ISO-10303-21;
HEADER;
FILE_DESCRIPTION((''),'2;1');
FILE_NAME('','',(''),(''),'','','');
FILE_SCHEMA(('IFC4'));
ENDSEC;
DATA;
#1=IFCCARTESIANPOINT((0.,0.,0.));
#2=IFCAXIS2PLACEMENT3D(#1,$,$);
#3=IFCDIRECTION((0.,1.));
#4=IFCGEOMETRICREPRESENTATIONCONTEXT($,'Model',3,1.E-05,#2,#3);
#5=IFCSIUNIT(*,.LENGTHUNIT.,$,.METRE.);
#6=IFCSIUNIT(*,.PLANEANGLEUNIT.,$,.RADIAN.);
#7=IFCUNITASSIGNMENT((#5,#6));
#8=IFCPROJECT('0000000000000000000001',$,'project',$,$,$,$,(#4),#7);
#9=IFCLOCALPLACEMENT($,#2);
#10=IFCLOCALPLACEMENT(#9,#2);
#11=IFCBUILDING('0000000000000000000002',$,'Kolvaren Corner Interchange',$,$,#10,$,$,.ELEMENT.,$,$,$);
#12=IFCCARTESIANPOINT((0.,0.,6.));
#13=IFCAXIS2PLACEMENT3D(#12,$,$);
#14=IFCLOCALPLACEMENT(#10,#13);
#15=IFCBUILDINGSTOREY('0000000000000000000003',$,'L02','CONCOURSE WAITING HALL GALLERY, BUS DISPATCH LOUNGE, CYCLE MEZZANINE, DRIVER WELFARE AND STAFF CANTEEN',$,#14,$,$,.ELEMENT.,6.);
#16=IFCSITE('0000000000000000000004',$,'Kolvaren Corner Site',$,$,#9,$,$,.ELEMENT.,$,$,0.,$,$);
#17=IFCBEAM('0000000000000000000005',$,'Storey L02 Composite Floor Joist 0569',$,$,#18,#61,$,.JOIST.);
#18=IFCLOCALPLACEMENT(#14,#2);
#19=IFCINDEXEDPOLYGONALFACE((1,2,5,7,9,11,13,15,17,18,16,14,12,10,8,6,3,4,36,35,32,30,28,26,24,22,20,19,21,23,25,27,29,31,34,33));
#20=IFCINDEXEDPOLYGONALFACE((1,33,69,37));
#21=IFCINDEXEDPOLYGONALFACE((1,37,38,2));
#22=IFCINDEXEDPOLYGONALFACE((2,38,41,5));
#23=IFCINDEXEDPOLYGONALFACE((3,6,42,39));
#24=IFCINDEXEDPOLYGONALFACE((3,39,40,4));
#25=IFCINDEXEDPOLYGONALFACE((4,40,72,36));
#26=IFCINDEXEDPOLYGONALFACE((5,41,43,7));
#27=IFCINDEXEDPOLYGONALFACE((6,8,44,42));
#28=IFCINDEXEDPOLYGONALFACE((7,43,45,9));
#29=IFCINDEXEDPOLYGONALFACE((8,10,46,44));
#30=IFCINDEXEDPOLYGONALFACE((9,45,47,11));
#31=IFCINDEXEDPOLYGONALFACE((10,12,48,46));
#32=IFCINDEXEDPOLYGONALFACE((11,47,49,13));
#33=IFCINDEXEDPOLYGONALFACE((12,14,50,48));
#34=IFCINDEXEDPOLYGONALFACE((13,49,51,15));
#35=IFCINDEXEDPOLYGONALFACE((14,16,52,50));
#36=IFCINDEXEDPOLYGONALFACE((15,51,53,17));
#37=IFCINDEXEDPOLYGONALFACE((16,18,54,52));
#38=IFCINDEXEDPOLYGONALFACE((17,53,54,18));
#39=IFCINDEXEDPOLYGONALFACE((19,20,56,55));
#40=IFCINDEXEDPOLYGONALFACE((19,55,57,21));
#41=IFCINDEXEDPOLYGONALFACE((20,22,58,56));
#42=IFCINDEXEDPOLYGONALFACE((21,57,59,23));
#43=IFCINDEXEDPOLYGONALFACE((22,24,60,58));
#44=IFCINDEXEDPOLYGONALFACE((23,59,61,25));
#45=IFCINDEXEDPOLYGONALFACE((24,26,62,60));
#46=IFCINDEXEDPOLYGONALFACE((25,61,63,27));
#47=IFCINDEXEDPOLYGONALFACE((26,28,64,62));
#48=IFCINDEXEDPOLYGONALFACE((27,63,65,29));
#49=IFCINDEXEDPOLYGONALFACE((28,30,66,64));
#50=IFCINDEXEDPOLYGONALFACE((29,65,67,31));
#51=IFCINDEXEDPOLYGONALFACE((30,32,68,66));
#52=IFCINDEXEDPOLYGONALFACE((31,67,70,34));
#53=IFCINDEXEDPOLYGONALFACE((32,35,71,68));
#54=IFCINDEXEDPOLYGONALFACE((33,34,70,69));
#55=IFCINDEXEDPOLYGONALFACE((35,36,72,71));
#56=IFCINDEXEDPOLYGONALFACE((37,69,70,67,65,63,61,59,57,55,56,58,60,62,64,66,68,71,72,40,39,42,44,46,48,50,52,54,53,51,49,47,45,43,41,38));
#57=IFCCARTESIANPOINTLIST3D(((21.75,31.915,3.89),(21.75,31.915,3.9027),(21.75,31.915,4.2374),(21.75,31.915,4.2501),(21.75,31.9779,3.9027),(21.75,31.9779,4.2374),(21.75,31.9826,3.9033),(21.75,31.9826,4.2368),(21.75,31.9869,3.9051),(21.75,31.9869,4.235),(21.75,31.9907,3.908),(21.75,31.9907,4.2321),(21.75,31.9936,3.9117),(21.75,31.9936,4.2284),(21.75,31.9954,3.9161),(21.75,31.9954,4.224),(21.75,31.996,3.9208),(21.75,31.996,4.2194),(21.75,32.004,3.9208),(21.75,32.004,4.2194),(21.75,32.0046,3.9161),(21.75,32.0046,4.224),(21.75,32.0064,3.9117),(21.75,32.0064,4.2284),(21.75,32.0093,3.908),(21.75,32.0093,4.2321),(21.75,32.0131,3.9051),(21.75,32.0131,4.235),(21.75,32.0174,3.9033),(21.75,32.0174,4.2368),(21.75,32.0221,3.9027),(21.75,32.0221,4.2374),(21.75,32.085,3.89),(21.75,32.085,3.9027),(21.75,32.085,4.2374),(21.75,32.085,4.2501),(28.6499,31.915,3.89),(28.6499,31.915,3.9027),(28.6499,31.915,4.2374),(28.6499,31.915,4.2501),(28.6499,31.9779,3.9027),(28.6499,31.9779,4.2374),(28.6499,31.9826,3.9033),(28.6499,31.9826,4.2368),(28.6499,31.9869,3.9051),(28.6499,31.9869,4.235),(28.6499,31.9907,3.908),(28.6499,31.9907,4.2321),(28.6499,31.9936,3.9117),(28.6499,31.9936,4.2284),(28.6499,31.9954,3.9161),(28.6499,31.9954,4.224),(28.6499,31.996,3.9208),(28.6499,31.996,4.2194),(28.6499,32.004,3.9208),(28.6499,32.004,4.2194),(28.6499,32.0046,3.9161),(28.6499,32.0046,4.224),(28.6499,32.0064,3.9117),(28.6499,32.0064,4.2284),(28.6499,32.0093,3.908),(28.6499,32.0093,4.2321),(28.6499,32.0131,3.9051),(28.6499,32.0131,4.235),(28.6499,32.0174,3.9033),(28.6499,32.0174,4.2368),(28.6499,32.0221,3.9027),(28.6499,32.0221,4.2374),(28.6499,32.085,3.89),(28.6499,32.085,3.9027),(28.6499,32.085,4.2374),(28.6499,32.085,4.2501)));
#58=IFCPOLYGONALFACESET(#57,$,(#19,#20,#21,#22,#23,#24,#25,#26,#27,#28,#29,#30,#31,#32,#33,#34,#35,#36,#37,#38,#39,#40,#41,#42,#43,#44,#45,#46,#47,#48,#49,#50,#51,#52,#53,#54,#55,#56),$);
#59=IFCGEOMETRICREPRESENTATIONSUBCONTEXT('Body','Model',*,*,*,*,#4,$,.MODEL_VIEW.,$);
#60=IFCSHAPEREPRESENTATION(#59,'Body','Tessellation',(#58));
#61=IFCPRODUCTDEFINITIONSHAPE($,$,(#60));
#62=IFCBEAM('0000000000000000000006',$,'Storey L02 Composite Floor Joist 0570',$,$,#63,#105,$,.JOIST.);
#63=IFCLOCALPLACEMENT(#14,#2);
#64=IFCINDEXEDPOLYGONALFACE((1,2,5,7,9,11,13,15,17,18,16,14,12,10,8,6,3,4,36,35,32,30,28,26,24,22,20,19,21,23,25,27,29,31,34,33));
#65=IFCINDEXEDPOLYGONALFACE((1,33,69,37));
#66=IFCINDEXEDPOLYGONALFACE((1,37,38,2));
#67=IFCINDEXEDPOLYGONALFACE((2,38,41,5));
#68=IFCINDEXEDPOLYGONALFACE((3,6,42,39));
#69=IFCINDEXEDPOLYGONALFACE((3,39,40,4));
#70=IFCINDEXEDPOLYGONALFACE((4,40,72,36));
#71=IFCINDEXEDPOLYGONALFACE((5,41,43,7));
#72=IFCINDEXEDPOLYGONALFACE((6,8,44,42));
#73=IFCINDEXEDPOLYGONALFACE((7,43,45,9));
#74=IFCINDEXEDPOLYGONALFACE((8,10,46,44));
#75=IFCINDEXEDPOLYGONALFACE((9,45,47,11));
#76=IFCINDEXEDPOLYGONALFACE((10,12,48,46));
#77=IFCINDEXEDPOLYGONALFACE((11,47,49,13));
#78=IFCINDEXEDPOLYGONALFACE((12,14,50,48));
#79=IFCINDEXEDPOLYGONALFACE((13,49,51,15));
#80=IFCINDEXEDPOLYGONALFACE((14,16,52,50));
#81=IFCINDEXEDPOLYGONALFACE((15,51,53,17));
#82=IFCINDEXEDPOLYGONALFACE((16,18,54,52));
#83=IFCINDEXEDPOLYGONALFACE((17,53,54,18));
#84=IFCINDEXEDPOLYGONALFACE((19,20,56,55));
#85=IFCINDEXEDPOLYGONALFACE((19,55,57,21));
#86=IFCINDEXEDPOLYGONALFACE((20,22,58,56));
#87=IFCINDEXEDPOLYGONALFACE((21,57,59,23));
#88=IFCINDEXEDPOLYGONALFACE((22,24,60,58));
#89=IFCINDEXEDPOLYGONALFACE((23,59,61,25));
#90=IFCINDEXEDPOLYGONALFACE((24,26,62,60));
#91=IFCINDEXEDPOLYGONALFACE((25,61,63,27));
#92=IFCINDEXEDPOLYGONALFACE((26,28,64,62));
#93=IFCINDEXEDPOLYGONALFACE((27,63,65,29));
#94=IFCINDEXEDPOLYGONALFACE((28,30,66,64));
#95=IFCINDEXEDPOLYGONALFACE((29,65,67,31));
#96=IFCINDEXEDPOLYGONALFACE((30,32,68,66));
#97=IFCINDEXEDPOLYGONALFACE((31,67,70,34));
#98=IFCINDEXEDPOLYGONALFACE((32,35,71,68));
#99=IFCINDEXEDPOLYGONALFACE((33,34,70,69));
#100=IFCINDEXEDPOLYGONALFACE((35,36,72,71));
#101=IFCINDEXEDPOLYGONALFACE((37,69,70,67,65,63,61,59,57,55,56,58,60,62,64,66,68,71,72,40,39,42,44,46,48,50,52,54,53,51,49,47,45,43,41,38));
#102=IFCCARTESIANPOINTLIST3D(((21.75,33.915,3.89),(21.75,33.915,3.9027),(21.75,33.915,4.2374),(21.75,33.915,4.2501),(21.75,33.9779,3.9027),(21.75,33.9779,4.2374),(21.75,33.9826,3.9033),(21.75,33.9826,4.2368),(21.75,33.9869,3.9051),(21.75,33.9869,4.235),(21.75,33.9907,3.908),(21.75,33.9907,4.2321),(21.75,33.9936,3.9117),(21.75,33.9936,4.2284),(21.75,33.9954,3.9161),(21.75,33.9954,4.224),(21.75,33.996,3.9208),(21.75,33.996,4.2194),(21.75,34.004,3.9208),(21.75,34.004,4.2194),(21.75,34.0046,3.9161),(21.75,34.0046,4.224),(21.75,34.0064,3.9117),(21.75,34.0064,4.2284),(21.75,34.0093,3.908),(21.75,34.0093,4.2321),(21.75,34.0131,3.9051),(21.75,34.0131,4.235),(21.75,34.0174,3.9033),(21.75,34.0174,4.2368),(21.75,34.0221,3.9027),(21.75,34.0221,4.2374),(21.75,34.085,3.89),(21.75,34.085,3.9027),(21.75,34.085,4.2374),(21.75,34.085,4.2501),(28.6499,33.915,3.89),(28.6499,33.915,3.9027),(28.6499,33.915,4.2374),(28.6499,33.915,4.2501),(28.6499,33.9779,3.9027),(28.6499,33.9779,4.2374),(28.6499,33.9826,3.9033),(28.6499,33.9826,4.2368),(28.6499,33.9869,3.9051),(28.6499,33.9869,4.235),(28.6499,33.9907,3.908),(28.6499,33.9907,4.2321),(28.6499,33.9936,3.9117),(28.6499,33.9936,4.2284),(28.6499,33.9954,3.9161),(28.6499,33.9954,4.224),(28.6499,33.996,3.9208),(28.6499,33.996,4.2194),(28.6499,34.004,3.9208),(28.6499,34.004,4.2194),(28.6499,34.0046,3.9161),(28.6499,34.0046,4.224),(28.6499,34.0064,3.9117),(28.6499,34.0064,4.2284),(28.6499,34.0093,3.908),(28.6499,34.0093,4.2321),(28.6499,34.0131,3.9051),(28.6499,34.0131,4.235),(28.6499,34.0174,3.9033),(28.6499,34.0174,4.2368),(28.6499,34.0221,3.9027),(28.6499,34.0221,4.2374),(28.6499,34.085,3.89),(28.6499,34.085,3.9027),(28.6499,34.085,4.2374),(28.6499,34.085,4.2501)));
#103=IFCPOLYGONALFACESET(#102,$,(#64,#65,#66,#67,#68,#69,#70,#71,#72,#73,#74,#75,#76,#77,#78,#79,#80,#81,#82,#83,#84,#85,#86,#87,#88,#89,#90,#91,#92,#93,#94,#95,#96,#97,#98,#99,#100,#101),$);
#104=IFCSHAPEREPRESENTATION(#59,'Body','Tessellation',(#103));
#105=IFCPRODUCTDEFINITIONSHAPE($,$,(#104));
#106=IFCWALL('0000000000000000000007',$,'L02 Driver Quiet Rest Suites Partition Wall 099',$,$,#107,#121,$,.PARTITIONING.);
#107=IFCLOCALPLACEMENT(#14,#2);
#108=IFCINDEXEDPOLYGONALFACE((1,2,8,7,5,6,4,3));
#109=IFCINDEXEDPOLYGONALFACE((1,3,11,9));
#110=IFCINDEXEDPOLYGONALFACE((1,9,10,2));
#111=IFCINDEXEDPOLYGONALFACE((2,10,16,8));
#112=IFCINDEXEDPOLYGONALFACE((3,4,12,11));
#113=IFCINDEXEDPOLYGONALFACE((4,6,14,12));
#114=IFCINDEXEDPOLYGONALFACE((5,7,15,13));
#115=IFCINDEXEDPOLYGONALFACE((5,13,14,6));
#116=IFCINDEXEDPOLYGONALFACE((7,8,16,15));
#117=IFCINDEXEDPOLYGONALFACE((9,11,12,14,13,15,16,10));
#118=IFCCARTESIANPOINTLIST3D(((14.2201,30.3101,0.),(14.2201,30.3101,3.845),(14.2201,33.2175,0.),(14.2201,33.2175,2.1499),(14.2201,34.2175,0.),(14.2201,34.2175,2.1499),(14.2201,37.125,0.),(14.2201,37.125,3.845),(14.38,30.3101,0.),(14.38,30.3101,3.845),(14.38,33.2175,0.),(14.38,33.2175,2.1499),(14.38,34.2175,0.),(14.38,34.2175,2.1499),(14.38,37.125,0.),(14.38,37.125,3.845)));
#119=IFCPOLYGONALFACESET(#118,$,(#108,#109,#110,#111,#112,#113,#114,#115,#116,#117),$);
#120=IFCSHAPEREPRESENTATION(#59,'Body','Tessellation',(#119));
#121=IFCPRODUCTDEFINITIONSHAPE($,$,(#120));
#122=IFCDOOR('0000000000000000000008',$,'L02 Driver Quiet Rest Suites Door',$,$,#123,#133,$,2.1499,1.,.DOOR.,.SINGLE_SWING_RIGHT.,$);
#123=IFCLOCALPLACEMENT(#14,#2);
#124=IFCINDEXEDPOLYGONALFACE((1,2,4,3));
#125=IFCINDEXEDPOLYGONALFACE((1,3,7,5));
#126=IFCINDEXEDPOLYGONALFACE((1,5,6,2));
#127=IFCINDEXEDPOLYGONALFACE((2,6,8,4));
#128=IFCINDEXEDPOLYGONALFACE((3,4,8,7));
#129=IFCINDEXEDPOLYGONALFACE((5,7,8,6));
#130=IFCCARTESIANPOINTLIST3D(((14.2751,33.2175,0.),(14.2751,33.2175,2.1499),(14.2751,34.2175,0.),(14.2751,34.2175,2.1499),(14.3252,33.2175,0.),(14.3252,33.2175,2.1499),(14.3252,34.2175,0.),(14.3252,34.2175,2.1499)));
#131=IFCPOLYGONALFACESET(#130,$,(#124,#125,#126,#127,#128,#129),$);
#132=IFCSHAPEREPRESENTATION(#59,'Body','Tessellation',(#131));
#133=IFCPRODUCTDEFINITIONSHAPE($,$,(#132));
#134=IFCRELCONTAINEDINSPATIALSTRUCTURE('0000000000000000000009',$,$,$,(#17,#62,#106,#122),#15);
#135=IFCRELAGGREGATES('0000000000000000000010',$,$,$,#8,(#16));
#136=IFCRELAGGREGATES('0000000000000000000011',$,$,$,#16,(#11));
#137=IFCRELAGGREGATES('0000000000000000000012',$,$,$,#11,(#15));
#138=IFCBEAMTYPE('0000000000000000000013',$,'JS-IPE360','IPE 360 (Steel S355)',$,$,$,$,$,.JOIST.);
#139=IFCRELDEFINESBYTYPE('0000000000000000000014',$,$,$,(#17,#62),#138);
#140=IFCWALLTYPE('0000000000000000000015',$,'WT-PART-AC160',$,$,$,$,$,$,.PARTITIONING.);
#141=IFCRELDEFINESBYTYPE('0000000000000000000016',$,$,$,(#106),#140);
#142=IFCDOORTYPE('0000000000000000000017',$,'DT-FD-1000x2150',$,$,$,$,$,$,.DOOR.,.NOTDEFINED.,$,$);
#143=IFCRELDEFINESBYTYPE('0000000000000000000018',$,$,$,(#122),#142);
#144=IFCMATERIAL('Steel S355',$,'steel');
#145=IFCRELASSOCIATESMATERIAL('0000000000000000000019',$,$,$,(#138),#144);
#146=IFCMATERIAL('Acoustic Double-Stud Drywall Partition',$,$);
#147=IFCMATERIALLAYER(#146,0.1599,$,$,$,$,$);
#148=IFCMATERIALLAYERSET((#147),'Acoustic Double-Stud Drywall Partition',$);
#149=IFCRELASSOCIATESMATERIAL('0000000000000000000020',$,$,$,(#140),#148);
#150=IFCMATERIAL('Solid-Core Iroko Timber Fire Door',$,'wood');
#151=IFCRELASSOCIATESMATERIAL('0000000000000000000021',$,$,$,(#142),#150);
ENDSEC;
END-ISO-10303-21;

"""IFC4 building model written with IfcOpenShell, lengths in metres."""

from ifc_helpers import new_model, si_unit, direction, frame, frame_2d, origin, origin_2d, place, context, subcontext, project, spatial, rectangle, i_section, extrude, material, layer, layer_set, material_profile, profile_set, type_object, element, fill, save


model = new_model("IFC4")

# Units and contexts
model_context = context("Model", 3, precision=1e-05, world=origin(), true_north=direction((0.0, 1.0)))
body_context = subcontext(model_context, "Body", "Model", "MODEL_VIEW")
ifc_project = project(units=[si_unit("LENGTHUNIT", "METRE"), si_unit("PLANEANGLEUNIT", "RADIAN")], contexts=[model_context])

# Site, building, storey
site_placement = place(None, origin())
site = spatial("IfcSite", under=ifc_project, at=site_placement, Name="Kolvaren Corner Site", CompositionType="ELEMENT", RefElevation=0.0)
building_placement = place(site_placement, origin())
building = spatial("IfcBuilding", under=site, at=building_placement, Name="Kolvaren Corner Interchange", CompositionType="ELEMENT")
storey_placement = place(building_placement, frame((0.0, 0.0, 6.0)))
storey = spatial("IfcBuildingStorey", under=building, at=storey_placement, Name="L02", Description="CONCOURSE WAITING HALL GALLERY, BUS DISPATCH LOUNGE, CYCLE MEZZANINE, DRIVER WELFARE AND STAFF CANTEEN", CompositionType="ELEMENT", Elevation=6.0)

# Beams
ifc_material_1 = material(Name="Steel S355", Category="steel")
ifc_material_profile_1 = material_profile(ifc_material_1, i_section(OverallWidth=0.1699, OverallDepth=0.3601, WebThickness=0.0081, FlangeThickness=0.0127, FilletRadius=0.0181, at=origin_2d()), Name="IPE 360")
ifc_profile_set_1 = profile_set([ifc_material_profile_1], Name="Steel S355")
beam_type_1 = type_object("IfcBeamType", Name="JS-IPE360", Description="IPE 360 (Steel S355)", PredefinedType="JOIST", material=ifc_profile_set_1)
for number, where, z_axis, x_axis, name in (
    (1, (21.75, 32.0, 4.0701), (1.0, 0.0, 0.0), (0.0, 1.0, 0.0), "Storey L02 Composite Floor Joist 0569"),
    (2, (21.75, 34.0, 4.0701), (1.0, 0.0, 0.0), (0.0, 1.0, 0.0), "Storey L02 Composite Floor Joist 0570"),
):
    element("IfcBeam", number, at=place(storey_placement, frame(where, z_axis=z_axis, x_axis=x_axis)), inside=storey, type_object=beam_type_1, Name=name, PredefinedType="JOIST", context=body_context, shape_type="SweptSolid", body=[
        extrude(i_section(OverallWidth=0.1699, OverallDepth=0.3601, WebThickness=0.0081, FlangeThickness=0.0127, FilletRadius=0.0181, at=origin_2d()), origin(), (0.0, 0.0, 1.0), 6.8999),
    ])

# Wall, opening, door
ifc_material_2 = material(Name="Acoustic Double-Stud Drywall Partition")
ifc_layer = layer(ifc_material_2, 0.1599)
ifc_layer_set = layer_set([ifc_layer], Name="Acoustic Double-Stud Drywall Partition")
wall_type = type_object("IfcWallType", Name="WT-PART-AC160", PredefinedType="PARTITIONING", material=ifc_layer_set)
wall_placement = place(storey_placement, frame((14.3, 30.3101, 0.0), z_axis=(0.0, 0.0, 1.0), x_axis=(0.0, 1.0, 0.0)))
wall = element("IfcWall", 3, at=wall_placement, inside=storey, type_object=wall_type, Name="L02 Driver Quiet Rest Suites Partition Wall 099", PredefinedType="PARTITIONING", context=body_context, shape_type="SweptSolid", body=[
    extrude(rectangle(XDim=6.8149, YDim=0.1599, at=frame_2d((3.4075, 0.0))), origin(), (0.0, 0.0, 1.0), 3.845),
])
opening_placement = place(wall_placement, frame((2.9075, 0.0, 0.0)))
opening = element("IfcOpeningElement", 4, at=opening_placement, cuts=wall, PredefinedType="OPENING", context=body_context, shape_type="SweptSolid", body=[
    extrude(rectangle(XDim=1.0, YDim=2.1499, at=frame_2d((0.5, 1.075))), frame((0.0, 0.0898, 0.0), z_axis=(0.0, -1.0, 0.0), x_axis=(1.0, 0.0, 0.0)), (0.0, 0.0, 1.0), 0.1799),
])
ifc_material_3 = material(Name="Solid-Core Iroko Timber Fire Door", Category="wood")
door_type = type_object("IfcDoorType", Name="DT-FD-1000x2150", OperationType="NOTDEFINED", PredefinedType="DOOR", material=ifc_material_3)
door_placement = place(opening_placement, origin())
door = element("IfcDoor", 5, at=door_placement, inside=storey, type_object=door_type, Name="L02 Driver Quiet Rest Suites Door", OperationType="SINGLE_SWING_RIGHT", OverallHeight=2.1499, OverallWidth=1.0, PredefinedType="DOOR", context=body_context, shape_type="SweptSolid", body=[
    extrude(rectangle(XDim=1.0, YDim=2.1499, at=frame_2d((0.5, 1.075))), frame((0.0, 0.0249, 0.0), z_axis=(0.0, -1.0, 0.0), x_axis=(1.0, 0.0, 0.0)), (0.0, 0.0, 1.0), 0.05),
])
fill(opening, door)

save(model, "model.ifc")
